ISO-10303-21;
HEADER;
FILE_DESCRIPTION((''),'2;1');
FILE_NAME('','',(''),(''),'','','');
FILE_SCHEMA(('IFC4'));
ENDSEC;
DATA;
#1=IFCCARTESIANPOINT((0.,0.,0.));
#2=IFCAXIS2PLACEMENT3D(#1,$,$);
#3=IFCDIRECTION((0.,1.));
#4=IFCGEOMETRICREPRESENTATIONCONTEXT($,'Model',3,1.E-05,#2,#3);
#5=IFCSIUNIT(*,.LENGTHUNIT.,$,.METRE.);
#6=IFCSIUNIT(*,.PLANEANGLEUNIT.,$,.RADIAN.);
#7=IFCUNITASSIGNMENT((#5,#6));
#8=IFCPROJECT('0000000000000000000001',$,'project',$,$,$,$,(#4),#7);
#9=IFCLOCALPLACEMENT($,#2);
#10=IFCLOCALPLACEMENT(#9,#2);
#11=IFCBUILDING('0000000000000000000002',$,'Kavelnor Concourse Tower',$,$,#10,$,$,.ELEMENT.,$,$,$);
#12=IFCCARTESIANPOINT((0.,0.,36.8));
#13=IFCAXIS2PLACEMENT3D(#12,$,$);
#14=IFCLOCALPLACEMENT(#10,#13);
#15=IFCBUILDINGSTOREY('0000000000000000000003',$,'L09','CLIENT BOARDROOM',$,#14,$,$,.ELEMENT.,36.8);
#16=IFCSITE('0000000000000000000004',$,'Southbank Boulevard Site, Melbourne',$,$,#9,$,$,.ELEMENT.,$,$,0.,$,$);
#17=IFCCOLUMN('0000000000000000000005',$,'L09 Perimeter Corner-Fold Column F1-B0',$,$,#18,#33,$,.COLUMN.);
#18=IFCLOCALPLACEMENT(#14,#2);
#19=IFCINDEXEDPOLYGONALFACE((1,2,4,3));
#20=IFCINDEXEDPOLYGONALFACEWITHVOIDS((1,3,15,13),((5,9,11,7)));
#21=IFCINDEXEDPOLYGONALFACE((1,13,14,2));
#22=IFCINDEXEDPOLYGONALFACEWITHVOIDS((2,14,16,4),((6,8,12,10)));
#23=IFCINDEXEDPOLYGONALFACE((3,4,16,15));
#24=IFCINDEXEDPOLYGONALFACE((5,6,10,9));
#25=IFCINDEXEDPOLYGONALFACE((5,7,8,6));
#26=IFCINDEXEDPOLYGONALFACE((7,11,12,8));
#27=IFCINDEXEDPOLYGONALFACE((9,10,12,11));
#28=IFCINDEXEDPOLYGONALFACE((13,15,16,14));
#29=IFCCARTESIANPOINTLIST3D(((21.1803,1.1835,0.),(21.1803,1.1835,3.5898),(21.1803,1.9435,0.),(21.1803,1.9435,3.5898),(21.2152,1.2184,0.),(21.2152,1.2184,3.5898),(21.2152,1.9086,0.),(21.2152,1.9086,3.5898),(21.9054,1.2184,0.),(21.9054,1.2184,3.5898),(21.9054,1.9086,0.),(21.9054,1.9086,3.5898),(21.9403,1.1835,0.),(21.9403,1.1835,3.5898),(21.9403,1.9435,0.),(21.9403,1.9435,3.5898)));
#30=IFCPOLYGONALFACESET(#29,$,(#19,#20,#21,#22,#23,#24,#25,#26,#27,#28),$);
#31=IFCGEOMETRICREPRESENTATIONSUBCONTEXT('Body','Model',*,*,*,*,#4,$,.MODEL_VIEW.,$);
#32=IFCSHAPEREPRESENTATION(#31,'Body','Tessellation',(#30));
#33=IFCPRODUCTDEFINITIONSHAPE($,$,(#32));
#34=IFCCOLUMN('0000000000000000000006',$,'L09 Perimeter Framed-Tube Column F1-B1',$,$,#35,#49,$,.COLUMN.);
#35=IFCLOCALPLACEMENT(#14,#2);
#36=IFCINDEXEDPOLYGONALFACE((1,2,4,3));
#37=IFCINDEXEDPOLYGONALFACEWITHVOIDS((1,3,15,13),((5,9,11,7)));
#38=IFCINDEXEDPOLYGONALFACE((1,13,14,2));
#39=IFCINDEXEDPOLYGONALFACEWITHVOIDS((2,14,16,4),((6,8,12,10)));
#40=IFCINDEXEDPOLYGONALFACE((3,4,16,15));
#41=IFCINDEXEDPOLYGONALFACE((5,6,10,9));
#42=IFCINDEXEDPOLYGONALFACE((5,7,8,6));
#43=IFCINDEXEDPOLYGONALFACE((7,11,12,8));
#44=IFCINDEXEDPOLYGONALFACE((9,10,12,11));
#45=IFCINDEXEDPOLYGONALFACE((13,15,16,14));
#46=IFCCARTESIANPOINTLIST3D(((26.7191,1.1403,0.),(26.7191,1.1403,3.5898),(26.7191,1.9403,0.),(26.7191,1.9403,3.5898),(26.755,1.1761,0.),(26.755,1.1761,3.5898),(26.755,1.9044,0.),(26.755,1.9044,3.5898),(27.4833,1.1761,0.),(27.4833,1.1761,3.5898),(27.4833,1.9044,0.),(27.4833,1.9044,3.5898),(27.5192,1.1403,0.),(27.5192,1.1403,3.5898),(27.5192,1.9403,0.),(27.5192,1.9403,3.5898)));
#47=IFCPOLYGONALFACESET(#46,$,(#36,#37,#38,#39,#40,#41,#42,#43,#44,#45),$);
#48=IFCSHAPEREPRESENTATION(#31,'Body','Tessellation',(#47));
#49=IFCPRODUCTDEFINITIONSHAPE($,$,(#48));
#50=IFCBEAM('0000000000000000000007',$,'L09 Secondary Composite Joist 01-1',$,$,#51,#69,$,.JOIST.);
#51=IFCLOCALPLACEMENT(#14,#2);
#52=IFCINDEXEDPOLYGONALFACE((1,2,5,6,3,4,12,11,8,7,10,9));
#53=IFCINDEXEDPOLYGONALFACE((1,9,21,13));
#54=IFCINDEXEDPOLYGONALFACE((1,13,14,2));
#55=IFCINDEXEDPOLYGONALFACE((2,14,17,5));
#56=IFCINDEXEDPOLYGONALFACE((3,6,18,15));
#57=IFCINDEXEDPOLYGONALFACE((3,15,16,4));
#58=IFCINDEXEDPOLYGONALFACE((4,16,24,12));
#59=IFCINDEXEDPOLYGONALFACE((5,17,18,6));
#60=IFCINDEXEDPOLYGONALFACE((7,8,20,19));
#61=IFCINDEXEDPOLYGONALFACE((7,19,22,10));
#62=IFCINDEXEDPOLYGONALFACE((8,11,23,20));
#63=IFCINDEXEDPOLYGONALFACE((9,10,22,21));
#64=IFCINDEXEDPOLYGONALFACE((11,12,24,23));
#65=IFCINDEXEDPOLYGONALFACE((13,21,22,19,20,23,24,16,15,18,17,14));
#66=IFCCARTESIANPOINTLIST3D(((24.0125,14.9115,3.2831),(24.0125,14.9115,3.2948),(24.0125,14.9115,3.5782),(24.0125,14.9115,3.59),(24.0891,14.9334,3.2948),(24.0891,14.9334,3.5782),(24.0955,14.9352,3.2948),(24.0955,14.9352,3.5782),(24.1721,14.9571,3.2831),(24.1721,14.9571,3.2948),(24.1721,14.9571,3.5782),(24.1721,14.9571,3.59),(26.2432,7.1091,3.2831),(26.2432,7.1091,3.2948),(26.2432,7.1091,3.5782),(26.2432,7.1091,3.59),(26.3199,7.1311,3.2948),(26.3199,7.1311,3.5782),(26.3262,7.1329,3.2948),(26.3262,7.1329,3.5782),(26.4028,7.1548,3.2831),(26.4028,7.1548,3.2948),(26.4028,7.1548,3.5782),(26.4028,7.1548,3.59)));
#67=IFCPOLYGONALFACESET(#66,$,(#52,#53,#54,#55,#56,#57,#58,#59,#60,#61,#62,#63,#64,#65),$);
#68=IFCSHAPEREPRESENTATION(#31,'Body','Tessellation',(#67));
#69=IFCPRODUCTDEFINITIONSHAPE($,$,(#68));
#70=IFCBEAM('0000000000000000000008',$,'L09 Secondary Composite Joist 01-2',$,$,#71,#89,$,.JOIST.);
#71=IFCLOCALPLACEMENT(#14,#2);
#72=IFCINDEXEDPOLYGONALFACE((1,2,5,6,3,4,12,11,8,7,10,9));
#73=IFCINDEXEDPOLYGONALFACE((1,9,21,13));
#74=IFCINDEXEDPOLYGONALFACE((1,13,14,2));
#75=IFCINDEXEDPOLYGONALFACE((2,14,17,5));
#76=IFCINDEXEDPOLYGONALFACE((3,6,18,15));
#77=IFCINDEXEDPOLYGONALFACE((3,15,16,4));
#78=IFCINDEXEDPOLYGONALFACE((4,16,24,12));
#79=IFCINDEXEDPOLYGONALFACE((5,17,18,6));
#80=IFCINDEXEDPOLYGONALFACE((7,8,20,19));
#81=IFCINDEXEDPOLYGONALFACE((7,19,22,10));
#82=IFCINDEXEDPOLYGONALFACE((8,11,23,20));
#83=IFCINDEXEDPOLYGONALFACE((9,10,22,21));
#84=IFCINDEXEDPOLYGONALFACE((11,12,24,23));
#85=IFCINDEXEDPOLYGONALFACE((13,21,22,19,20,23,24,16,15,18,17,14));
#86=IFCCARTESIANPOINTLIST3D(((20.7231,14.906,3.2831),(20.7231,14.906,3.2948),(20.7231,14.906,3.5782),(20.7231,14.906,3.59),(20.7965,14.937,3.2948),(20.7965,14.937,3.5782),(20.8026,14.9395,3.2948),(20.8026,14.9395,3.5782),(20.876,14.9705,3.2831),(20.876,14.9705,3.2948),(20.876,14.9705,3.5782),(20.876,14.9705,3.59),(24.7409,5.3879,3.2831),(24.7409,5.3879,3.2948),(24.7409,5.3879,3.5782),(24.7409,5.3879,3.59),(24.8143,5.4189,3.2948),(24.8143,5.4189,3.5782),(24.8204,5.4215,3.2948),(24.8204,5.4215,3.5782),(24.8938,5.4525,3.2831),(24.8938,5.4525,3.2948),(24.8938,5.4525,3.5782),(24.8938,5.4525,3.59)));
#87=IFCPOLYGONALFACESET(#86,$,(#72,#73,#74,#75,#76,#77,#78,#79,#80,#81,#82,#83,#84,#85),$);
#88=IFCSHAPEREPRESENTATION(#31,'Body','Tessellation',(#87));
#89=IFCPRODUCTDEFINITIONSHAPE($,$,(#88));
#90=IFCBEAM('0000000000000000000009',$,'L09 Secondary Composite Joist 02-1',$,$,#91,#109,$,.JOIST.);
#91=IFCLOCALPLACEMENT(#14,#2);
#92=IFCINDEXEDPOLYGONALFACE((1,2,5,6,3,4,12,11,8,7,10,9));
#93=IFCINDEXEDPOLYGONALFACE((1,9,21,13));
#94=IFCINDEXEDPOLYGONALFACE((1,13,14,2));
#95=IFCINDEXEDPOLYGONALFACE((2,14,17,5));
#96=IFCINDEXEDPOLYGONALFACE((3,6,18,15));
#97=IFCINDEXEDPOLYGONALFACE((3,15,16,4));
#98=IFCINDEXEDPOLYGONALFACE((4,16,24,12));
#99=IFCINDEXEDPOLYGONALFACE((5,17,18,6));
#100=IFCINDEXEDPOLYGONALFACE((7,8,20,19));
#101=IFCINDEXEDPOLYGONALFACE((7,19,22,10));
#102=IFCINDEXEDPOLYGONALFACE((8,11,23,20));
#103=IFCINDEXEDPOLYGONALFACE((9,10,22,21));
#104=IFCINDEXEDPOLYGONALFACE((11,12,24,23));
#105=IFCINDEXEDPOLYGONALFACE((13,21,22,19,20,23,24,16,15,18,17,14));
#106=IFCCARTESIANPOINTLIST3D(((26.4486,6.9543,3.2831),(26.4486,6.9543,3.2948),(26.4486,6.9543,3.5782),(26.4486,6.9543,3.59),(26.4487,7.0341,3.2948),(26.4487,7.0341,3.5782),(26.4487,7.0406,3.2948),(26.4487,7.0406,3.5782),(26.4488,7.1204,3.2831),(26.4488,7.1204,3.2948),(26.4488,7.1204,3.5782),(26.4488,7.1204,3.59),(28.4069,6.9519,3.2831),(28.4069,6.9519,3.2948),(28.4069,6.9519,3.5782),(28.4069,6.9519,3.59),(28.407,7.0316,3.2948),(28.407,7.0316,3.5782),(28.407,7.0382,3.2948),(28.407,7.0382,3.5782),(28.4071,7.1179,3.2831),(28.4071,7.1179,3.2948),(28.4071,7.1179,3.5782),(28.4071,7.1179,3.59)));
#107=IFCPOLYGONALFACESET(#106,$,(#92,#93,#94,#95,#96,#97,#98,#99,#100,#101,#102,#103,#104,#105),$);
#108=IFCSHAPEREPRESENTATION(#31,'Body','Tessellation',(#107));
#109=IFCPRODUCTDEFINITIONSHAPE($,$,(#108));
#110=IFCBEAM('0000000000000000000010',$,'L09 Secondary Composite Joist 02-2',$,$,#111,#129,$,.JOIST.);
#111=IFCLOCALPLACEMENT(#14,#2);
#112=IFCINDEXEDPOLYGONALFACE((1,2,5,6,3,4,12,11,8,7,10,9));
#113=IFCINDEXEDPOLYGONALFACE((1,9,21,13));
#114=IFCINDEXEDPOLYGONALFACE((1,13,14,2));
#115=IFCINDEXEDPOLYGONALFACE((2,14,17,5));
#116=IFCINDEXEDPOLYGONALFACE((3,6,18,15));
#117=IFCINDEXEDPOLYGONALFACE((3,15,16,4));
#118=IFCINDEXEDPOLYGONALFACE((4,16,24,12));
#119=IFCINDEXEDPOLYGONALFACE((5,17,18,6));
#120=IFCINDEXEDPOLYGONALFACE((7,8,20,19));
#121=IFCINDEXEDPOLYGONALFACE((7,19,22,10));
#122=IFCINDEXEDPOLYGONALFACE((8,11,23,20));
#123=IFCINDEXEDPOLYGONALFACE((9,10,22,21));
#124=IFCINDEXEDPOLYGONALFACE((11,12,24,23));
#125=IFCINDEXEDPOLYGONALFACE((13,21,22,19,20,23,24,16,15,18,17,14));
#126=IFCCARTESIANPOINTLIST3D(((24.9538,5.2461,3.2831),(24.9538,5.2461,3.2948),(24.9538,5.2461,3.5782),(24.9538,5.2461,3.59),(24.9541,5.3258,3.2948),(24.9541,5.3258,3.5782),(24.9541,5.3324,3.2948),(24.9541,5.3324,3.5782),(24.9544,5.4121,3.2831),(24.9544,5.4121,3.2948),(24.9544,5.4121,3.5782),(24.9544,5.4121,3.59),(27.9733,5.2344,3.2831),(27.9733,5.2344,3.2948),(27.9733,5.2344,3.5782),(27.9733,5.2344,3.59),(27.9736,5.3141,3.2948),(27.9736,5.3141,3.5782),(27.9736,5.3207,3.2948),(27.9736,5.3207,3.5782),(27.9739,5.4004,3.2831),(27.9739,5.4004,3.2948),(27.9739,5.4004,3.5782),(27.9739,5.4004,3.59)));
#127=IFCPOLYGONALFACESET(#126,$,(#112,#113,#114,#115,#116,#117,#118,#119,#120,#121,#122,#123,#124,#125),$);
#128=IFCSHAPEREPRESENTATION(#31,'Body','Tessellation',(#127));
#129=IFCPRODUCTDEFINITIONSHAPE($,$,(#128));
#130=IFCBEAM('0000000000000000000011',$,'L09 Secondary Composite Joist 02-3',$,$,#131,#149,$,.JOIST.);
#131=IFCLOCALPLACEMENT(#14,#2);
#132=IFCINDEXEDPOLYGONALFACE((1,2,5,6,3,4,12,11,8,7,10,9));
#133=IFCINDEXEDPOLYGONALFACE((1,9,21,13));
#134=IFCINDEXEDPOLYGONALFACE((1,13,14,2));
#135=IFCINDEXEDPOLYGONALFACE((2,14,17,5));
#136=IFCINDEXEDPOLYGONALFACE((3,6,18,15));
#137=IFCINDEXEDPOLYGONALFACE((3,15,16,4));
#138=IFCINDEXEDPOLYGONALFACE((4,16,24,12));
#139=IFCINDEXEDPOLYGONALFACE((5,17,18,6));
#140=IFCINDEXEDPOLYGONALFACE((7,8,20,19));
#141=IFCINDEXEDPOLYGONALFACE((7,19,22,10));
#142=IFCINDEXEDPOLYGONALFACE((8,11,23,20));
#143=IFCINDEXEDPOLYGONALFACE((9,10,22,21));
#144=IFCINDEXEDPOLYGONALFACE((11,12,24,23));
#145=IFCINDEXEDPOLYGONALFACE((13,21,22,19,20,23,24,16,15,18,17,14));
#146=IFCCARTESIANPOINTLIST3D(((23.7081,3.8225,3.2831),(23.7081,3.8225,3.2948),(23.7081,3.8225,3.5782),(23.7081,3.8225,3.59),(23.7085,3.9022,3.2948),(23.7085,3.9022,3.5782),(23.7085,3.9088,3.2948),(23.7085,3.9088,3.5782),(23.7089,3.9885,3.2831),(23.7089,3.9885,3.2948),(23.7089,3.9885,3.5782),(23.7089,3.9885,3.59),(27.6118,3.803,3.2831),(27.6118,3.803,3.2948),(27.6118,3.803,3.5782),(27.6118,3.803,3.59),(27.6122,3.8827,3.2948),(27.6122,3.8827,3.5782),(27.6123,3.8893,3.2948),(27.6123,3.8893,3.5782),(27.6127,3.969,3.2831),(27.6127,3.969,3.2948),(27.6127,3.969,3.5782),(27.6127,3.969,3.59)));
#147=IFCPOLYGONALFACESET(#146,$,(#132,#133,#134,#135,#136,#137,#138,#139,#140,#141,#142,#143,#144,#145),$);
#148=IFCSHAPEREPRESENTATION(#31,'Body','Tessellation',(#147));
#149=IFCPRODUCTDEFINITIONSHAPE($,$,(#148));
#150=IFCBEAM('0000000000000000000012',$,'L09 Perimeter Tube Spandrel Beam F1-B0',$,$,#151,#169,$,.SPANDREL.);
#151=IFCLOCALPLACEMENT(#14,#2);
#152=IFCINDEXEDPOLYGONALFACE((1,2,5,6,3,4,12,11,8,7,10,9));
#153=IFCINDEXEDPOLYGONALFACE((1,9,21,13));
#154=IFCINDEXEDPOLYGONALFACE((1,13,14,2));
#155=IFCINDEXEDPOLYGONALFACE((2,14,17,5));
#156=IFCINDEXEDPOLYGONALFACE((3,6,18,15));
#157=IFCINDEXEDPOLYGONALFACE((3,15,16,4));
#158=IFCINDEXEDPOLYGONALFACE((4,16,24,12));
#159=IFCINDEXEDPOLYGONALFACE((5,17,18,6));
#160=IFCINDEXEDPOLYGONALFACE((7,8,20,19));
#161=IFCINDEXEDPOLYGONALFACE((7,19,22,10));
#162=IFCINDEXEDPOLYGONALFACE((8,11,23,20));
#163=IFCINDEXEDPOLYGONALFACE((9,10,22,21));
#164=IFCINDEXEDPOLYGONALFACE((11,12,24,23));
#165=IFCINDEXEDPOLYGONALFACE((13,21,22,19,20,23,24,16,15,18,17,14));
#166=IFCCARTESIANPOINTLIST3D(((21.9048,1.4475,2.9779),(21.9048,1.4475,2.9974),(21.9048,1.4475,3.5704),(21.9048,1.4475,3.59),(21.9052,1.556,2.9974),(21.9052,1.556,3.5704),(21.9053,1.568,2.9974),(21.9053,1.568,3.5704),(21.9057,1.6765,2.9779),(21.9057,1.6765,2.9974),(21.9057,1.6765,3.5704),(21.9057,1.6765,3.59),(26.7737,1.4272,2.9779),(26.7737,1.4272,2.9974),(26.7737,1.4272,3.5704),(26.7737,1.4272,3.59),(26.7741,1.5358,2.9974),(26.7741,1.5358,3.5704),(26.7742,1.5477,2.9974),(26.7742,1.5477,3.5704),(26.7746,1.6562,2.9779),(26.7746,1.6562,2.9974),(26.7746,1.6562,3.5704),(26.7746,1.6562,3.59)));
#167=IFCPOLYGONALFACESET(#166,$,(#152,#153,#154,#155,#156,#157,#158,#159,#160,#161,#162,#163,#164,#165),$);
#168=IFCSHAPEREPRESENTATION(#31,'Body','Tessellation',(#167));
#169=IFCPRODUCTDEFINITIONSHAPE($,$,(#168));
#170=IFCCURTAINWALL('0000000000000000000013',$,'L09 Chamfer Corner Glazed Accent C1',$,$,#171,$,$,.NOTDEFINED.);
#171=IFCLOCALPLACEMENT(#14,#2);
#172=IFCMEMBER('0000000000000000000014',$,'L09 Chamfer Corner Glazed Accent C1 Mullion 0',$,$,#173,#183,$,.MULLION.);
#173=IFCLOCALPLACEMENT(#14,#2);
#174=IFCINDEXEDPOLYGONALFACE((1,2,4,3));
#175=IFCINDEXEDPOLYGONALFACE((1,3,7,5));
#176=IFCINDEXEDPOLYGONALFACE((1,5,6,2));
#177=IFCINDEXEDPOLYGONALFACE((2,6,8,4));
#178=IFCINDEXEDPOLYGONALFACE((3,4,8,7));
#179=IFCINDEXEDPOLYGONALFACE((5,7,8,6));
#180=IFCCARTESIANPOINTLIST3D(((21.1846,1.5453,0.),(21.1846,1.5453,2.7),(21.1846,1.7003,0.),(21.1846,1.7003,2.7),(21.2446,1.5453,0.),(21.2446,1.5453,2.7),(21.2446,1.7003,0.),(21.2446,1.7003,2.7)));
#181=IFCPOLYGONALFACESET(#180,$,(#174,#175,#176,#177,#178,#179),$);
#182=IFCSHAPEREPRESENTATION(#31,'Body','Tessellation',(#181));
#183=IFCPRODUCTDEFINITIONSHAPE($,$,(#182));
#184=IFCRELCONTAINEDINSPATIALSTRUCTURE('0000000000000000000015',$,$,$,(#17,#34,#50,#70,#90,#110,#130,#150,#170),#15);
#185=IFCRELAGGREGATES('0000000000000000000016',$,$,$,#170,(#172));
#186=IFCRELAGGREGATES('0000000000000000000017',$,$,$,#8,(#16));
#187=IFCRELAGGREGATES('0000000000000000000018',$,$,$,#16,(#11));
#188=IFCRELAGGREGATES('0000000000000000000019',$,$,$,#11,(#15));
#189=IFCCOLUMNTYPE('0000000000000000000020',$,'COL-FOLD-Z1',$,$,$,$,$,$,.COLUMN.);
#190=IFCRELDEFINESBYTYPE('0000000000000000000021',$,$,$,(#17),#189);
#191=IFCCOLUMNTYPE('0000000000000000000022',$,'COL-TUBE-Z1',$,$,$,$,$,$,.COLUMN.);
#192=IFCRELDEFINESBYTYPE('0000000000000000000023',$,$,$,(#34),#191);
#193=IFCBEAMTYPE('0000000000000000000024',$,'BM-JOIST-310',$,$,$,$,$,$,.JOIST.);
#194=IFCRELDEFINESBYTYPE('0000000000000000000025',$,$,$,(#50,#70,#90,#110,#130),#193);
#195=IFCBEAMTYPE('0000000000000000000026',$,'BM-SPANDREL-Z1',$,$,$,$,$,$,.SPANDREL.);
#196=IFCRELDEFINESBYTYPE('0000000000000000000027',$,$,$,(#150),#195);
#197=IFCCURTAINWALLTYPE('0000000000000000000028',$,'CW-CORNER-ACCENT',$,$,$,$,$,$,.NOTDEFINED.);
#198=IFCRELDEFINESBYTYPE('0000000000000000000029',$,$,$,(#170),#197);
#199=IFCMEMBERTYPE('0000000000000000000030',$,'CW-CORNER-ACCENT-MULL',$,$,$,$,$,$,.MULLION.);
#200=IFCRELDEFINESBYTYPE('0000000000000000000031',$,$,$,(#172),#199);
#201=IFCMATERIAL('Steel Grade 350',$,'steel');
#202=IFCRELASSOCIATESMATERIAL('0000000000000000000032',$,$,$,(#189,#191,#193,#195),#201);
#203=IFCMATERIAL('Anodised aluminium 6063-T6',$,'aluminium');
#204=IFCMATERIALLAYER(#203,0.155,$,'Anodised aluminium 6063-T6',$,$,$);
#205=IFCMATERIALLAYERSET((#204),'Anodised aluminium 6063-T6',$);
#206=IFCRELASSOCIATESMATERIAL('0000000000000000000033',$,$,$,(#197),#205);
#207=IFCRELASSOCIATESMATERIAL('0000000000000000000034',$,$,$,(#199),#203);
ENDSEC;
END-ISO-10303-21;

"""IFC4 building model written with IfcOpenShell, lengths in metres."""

from ifc_helpers import new_model, si_unit, direction, frame, origin, origin_2d, place, context, subcontext, project, spatial, rectangle, hollow_rectangle, i_section, extrude, material, layer, layer_set, material_profile, profile_set, type_object, element, aggregate, save


model = new_model("IFC4")

# Units and contexts
model_context = context("Model", 3, precision=1e-05, world=origin(), true_north=direction((0.0, 1.0)))
body_context = subcontext(model_context, "Body", "Model", "MODEL_VIEW")
ifc_project = project(units=[si_unit("LENGTHUNIT", "METRE"), si_unit("PLANEANGLEUNIT", "RADIAN")], contexts=[model_context])

# Site, building, storey
site_placement = place(None, origin())
site = spatial("IfcSite", under=ifc_project, at=site_placement, Name="Southbank Boulevard Site, Melbourne", CompositionType="ELEMENT", RefElevation=0.0)
building_placement = place(site_placement, origin())
building = spatial("IfcBuilding", under=site, at=building_placement, Name="Kavelnor Concourse Tower", CompositionType="ELEMENT")
storey_placement = place(building_placement, frame((0.0, 0.0, 36.8)))
storey = spatial("IfcBuildingStorey", under=building, at=storey_placement, Name="L09", Description="CLIENT BOARDROOM", CompositionType="ELEMENT", Elevation=36.8)

# Columns
ifc_material_1 = material(Name="Steel Grade 350", Category="steel")
ifc_material_profile_1 = material_profile(ifc_material_1, hollow_rectangle(XDim=0.76, YDim=0.76, WallThickness=0.0349, at=origin_2d()), Name="SHS 760x760x35")
ifc_profile_set_1 = profile_set([ifc_material_profile_1], Name="Steel Grade 350")
column_type_1 = type_object("IfcColumnType", Name="COL-FOLD-Z1", PredefinedType="COLUMN", material=ifc_profile_set_1)
column_1_placement = place(storey_placement, frame((21.5603, 1.5635, 0.0), z_axis=(0.0, 0.0, 1.0), x_axis=(1.0, 0.0, 0.0)))
element("IfcColumn", 1, at=column_1_placement, inside=storey, type_object=column_type_1, Name="L09 Perimeter Corner-Fold Column F1-B0", PredefinedType="COLUMN", context=body_context, shape_type="SweptSolid", body=[
    extrude(hollow_rectangle(XDim=0.76, YDim=0.76, WallThickness=0.0349, at=origin_2d()), origin(), (0.0, 0.0, 1.0), 3.5898),
])
ifc_material_profile_2 = material_profile(ifc_material_1, hollow_rectangle(XDim=0.8, YDim=0.8, WallThickness=0.0359, at=origin_2d()), Name="SHS 800x800x36")
ifc_profile_set_2 = profile_set([ifc_material_profile_2], Name="Steel Grade 350")
column_type_2 = type_object("IfcColumnType", Name="COL-TUBE-Z1", PredefinedType="COLUMN", material=ifc_profile_set_2)
column_2_placement = place(storey_placement, frame((27.1191, 1.5403, 0.0), z_axis=(0.0, 0.0, 1.0), x_axis=(1.0, 0.0, 0.0)))
element("IfcColumn", 2, at=column_2_placement, inside=storey, type_object=column_type_2, Name="L09 Perimeter Framed-Tube Column F1-B1", PredefinedType="COLUMN", context=body_context, shape_type="SweptSolid", body=[
    extrude(hollow_rectangle(XDim=0.8, YDim=0.8, WallThickness=0.0359, at=origin_2d()), origin(), (0.0, 0.0, 1.0), 3.5898),
])

# Beams
ifc_material_profile_3 = material_profile(ifc_material_1, i_section(OverallWidth=0.166, OverallDepth=0.3069, WebThickness=0.0066, FlangeThickness=0.0117, at=origin_2d()), Name="310UB46")
ifc_profile_set_3 = profile_set([ifc_material_profile_3], Name="Steel Grade 350")
beam_type_1 = type_object("IfcBeamType", Name="BM-JOIST-310", PredefinedType="JOIST", material=ifc_profile_set_3)
beam_1_placement = place(storey_placement, frame((24.0923, 14.9343, 3.4365), z_axis=(0.274892, -0.961475, 0.0), x_axis=(0.961475, 0.274892, 0.0)))
element("IfcBeam", 3, at=beam_1_placement, inside=storey, type_object=beam_type_1, Name="L09 Secondary Composite Joist 01-1", PredefinedType="JOIST", context=body_context, shape_type="SweptSolid", body=[
    extrude(i_section(OverallWidth=0.166, OverallDepth=0.3069, WebThickness=0.0066, FlangeThickness=0.0117, at=origin_2d()), origin(), (0.0, 0.0, 1.0), 8.115),
])
beam_2_placement = place(storey_placement, frame((20.7996, 14.9382, 3.4365), z_axis=(0.388897, -0.921281, 0.0), x_axis=(0.921281, 0.388897, 0.0)))
element("IfcBeam", 4, at=beam_2_placement, inside=storey, type_object=beam_type_1, Name="L09 Secondary Composite Joist 01-2", PredefinedType="JOIST", context=body_context, shape_type="SweptSolid", body=[
    extrude(i_section(OverallWidth=0.166, OverallDepth=0.3069, WebThickness=0.0066, FlangeThickness=0.0117, at=origin_2d()), origin(), (0.0, 0.0, 1.0), 10.3313),
])
beam_3_placement = place(storey_placement, frame((26.4487, 7.0374, 3.4365), z_axis=(0.999999, -0.001247, 0.0), x_axis=(0.001247, 0.999999, 0.0)))
element("IfcBeam", 5, at=beam_3_placement, inside=storey, type_object=beam_type_1, Name="L09 Secondary Composite Joist 02-1", PredefinedType="JOIST", context=body_context, shape_type="SweptSolid", body=[
    extrude(i_section(OverallWidth=0.166, OverallDepth=0.3069, WebThickness=0.0066, FlangeThickness=0.0117, at=origin_2d()), origin(), (0.0, 0.0, 1.0), 1.9583),
])
beam_4_placement = place(storey_placement, frame((24.9541, 5.3291, 3.4365), z_axis=(0.999992, -0.003881, 0.0), x_axis=(0.003881, 0.999992, 0.0)))
element("IfcBeam", 6, at=beam_4_placement, inside=storey, type_object=beam_type_1, Name="L09 Secondary Composite Joist 02-2", PredefinedType="JOIST", context=body_context, shape_type="SweptSolid", body=[
    extrude(i_section(OverallWidth=0.166, OverallDepth=0.3069, WebThickness=0.0066, FlangeThickness=0.0117, at=origin_2d()), origin(), (0.0, 0.0, 1.0), 3.0195),
])
beam_5_placement = place(storey_placement, frame((23.7085, 3.9055, 3.4365), z_axis=(0.999987, -0.005003, 0.0), x_axis=(0.005003, 0.999987, 0.0)))
element("IfcBeam", 7, at=beam_5_placement, inside=storey, type_object=beam_type_1, Name="L09 Secondary Composite Joist 02-3", PredefinedType="JOIST", context=body_context, shape_type="SweptSolid", body=[
    extrude(i_section(OverallWidth=0.166, OverallDepth=0.3069, WebThickness=0.0066, FlangeThickness=0.0117, at=origin_2d()), origin(), (0.0, 0.0, 1.0), 3.9038),
])
ifc_material_profile_4 = material_profile(ifc_material_1, i_section(OverallWidth=0.229, OverallDepth=0.6121, WebThickness=0.012, FlangeThickness=0.0195, at=origin_2d()), Name="610UB125")
ifc_profile_set_4 = profile_set([ifc_material_profile_4], Name="Steel Grade 350")
beam_type_2 = type_object("IfcBeamType", Name="BM-SPANDREL-Z1", PredefinedType="SPANDREL", material=ifc_profile_set_4)
beam_6_placement = place(storey_placement, frame((21.9053, 1.562, 3.2839), z_axis=(0.999991, -0.004162, 0.0), x_axis=(0.004162, 0.999991, 0.0)))
element("IfcBeam", 8, at=beam_6_placement, inside=storey, type_object=beam_type_2, Name="L09 Perimeter Tube Spandrel Beam F1-B0", PredefinedType="SPANDREL", context=body_context, shape_type="SweptSolid", body=[
    extrude(i_section(OverallWidth=0.229, OverallDepth=0.6121, WebThickness=0.012, FlangeThickness=0.0195, at=origin_2d()), origin(), (0.0, 0.0, 1.0), 4.8689),
])

# Curtain wall, member
ifc_material_2 = material(Name="Anodised aluminium 6063-T6", Category="aluminium")
ifc_layer_1 = layer(ifc_material_2, 0.155, Name="Anodised aluminium 6063-T6")
ifc_layer_set_1 = layer_set([ifc_layer_1], Name="Anodised aluminium 6063-T6")
curtain_wall_type = type_object("IfcCurtainWallType", Name="CW-CORNER-ACCENT", PredefinedType="NOTDEFINED", material=ifc_layer_set_1)
curtain_wall_placement = place(storey_placement, origin())
curtain_wall = element("IfcCurtainWall", 9, at=curtain_wall_placement, inside=storey, type_object=curtain_wall_type, Name="L09 Chamfer Corner Glazed Accent C1", PredefinedType="NOTDEFINED")
ifc_material_profile_5 = material_profile(ifc_material_2, rectangle(XDim=0.0601, YDim=0.155, at=origin_2d()), Name="AL-MULL 60x155")
ifc_profile_set_5 = profile_set([ifc_material_profile_5], Name="Anodised aluminium 6063-T6")
member_type_1 = type_object("IfcMemberType", Name="CW-CORNER-ACCENT-MULL", PredefinedType="MULLION", material=ifc_profile_set_5)
member_1_placement = place(storey_placement, frame((21.2146, 1.6228, 0.0), z_axis=(0.0, 0.0, 1.0), x_axis=(1.0, 0.0, 0.0)))
member_1 = element("IfcMember", 10, at=member_1_placement, type_object=member_type_1, Name="L09 Chamfer Corner Glazed Accent C1 Mullion 0", PredefinedType="MULLION", context=body_context, shape_type="SweptSolid", body=[
    extrude(rectangle(XDim=0.0601, YDim=0.155, at=origin_2d()), origin(), (0.0, 0.0, 1.0), 2.7),
])
aggregate(curtain_wall, [member_1])

save(model, "model.ifc")
